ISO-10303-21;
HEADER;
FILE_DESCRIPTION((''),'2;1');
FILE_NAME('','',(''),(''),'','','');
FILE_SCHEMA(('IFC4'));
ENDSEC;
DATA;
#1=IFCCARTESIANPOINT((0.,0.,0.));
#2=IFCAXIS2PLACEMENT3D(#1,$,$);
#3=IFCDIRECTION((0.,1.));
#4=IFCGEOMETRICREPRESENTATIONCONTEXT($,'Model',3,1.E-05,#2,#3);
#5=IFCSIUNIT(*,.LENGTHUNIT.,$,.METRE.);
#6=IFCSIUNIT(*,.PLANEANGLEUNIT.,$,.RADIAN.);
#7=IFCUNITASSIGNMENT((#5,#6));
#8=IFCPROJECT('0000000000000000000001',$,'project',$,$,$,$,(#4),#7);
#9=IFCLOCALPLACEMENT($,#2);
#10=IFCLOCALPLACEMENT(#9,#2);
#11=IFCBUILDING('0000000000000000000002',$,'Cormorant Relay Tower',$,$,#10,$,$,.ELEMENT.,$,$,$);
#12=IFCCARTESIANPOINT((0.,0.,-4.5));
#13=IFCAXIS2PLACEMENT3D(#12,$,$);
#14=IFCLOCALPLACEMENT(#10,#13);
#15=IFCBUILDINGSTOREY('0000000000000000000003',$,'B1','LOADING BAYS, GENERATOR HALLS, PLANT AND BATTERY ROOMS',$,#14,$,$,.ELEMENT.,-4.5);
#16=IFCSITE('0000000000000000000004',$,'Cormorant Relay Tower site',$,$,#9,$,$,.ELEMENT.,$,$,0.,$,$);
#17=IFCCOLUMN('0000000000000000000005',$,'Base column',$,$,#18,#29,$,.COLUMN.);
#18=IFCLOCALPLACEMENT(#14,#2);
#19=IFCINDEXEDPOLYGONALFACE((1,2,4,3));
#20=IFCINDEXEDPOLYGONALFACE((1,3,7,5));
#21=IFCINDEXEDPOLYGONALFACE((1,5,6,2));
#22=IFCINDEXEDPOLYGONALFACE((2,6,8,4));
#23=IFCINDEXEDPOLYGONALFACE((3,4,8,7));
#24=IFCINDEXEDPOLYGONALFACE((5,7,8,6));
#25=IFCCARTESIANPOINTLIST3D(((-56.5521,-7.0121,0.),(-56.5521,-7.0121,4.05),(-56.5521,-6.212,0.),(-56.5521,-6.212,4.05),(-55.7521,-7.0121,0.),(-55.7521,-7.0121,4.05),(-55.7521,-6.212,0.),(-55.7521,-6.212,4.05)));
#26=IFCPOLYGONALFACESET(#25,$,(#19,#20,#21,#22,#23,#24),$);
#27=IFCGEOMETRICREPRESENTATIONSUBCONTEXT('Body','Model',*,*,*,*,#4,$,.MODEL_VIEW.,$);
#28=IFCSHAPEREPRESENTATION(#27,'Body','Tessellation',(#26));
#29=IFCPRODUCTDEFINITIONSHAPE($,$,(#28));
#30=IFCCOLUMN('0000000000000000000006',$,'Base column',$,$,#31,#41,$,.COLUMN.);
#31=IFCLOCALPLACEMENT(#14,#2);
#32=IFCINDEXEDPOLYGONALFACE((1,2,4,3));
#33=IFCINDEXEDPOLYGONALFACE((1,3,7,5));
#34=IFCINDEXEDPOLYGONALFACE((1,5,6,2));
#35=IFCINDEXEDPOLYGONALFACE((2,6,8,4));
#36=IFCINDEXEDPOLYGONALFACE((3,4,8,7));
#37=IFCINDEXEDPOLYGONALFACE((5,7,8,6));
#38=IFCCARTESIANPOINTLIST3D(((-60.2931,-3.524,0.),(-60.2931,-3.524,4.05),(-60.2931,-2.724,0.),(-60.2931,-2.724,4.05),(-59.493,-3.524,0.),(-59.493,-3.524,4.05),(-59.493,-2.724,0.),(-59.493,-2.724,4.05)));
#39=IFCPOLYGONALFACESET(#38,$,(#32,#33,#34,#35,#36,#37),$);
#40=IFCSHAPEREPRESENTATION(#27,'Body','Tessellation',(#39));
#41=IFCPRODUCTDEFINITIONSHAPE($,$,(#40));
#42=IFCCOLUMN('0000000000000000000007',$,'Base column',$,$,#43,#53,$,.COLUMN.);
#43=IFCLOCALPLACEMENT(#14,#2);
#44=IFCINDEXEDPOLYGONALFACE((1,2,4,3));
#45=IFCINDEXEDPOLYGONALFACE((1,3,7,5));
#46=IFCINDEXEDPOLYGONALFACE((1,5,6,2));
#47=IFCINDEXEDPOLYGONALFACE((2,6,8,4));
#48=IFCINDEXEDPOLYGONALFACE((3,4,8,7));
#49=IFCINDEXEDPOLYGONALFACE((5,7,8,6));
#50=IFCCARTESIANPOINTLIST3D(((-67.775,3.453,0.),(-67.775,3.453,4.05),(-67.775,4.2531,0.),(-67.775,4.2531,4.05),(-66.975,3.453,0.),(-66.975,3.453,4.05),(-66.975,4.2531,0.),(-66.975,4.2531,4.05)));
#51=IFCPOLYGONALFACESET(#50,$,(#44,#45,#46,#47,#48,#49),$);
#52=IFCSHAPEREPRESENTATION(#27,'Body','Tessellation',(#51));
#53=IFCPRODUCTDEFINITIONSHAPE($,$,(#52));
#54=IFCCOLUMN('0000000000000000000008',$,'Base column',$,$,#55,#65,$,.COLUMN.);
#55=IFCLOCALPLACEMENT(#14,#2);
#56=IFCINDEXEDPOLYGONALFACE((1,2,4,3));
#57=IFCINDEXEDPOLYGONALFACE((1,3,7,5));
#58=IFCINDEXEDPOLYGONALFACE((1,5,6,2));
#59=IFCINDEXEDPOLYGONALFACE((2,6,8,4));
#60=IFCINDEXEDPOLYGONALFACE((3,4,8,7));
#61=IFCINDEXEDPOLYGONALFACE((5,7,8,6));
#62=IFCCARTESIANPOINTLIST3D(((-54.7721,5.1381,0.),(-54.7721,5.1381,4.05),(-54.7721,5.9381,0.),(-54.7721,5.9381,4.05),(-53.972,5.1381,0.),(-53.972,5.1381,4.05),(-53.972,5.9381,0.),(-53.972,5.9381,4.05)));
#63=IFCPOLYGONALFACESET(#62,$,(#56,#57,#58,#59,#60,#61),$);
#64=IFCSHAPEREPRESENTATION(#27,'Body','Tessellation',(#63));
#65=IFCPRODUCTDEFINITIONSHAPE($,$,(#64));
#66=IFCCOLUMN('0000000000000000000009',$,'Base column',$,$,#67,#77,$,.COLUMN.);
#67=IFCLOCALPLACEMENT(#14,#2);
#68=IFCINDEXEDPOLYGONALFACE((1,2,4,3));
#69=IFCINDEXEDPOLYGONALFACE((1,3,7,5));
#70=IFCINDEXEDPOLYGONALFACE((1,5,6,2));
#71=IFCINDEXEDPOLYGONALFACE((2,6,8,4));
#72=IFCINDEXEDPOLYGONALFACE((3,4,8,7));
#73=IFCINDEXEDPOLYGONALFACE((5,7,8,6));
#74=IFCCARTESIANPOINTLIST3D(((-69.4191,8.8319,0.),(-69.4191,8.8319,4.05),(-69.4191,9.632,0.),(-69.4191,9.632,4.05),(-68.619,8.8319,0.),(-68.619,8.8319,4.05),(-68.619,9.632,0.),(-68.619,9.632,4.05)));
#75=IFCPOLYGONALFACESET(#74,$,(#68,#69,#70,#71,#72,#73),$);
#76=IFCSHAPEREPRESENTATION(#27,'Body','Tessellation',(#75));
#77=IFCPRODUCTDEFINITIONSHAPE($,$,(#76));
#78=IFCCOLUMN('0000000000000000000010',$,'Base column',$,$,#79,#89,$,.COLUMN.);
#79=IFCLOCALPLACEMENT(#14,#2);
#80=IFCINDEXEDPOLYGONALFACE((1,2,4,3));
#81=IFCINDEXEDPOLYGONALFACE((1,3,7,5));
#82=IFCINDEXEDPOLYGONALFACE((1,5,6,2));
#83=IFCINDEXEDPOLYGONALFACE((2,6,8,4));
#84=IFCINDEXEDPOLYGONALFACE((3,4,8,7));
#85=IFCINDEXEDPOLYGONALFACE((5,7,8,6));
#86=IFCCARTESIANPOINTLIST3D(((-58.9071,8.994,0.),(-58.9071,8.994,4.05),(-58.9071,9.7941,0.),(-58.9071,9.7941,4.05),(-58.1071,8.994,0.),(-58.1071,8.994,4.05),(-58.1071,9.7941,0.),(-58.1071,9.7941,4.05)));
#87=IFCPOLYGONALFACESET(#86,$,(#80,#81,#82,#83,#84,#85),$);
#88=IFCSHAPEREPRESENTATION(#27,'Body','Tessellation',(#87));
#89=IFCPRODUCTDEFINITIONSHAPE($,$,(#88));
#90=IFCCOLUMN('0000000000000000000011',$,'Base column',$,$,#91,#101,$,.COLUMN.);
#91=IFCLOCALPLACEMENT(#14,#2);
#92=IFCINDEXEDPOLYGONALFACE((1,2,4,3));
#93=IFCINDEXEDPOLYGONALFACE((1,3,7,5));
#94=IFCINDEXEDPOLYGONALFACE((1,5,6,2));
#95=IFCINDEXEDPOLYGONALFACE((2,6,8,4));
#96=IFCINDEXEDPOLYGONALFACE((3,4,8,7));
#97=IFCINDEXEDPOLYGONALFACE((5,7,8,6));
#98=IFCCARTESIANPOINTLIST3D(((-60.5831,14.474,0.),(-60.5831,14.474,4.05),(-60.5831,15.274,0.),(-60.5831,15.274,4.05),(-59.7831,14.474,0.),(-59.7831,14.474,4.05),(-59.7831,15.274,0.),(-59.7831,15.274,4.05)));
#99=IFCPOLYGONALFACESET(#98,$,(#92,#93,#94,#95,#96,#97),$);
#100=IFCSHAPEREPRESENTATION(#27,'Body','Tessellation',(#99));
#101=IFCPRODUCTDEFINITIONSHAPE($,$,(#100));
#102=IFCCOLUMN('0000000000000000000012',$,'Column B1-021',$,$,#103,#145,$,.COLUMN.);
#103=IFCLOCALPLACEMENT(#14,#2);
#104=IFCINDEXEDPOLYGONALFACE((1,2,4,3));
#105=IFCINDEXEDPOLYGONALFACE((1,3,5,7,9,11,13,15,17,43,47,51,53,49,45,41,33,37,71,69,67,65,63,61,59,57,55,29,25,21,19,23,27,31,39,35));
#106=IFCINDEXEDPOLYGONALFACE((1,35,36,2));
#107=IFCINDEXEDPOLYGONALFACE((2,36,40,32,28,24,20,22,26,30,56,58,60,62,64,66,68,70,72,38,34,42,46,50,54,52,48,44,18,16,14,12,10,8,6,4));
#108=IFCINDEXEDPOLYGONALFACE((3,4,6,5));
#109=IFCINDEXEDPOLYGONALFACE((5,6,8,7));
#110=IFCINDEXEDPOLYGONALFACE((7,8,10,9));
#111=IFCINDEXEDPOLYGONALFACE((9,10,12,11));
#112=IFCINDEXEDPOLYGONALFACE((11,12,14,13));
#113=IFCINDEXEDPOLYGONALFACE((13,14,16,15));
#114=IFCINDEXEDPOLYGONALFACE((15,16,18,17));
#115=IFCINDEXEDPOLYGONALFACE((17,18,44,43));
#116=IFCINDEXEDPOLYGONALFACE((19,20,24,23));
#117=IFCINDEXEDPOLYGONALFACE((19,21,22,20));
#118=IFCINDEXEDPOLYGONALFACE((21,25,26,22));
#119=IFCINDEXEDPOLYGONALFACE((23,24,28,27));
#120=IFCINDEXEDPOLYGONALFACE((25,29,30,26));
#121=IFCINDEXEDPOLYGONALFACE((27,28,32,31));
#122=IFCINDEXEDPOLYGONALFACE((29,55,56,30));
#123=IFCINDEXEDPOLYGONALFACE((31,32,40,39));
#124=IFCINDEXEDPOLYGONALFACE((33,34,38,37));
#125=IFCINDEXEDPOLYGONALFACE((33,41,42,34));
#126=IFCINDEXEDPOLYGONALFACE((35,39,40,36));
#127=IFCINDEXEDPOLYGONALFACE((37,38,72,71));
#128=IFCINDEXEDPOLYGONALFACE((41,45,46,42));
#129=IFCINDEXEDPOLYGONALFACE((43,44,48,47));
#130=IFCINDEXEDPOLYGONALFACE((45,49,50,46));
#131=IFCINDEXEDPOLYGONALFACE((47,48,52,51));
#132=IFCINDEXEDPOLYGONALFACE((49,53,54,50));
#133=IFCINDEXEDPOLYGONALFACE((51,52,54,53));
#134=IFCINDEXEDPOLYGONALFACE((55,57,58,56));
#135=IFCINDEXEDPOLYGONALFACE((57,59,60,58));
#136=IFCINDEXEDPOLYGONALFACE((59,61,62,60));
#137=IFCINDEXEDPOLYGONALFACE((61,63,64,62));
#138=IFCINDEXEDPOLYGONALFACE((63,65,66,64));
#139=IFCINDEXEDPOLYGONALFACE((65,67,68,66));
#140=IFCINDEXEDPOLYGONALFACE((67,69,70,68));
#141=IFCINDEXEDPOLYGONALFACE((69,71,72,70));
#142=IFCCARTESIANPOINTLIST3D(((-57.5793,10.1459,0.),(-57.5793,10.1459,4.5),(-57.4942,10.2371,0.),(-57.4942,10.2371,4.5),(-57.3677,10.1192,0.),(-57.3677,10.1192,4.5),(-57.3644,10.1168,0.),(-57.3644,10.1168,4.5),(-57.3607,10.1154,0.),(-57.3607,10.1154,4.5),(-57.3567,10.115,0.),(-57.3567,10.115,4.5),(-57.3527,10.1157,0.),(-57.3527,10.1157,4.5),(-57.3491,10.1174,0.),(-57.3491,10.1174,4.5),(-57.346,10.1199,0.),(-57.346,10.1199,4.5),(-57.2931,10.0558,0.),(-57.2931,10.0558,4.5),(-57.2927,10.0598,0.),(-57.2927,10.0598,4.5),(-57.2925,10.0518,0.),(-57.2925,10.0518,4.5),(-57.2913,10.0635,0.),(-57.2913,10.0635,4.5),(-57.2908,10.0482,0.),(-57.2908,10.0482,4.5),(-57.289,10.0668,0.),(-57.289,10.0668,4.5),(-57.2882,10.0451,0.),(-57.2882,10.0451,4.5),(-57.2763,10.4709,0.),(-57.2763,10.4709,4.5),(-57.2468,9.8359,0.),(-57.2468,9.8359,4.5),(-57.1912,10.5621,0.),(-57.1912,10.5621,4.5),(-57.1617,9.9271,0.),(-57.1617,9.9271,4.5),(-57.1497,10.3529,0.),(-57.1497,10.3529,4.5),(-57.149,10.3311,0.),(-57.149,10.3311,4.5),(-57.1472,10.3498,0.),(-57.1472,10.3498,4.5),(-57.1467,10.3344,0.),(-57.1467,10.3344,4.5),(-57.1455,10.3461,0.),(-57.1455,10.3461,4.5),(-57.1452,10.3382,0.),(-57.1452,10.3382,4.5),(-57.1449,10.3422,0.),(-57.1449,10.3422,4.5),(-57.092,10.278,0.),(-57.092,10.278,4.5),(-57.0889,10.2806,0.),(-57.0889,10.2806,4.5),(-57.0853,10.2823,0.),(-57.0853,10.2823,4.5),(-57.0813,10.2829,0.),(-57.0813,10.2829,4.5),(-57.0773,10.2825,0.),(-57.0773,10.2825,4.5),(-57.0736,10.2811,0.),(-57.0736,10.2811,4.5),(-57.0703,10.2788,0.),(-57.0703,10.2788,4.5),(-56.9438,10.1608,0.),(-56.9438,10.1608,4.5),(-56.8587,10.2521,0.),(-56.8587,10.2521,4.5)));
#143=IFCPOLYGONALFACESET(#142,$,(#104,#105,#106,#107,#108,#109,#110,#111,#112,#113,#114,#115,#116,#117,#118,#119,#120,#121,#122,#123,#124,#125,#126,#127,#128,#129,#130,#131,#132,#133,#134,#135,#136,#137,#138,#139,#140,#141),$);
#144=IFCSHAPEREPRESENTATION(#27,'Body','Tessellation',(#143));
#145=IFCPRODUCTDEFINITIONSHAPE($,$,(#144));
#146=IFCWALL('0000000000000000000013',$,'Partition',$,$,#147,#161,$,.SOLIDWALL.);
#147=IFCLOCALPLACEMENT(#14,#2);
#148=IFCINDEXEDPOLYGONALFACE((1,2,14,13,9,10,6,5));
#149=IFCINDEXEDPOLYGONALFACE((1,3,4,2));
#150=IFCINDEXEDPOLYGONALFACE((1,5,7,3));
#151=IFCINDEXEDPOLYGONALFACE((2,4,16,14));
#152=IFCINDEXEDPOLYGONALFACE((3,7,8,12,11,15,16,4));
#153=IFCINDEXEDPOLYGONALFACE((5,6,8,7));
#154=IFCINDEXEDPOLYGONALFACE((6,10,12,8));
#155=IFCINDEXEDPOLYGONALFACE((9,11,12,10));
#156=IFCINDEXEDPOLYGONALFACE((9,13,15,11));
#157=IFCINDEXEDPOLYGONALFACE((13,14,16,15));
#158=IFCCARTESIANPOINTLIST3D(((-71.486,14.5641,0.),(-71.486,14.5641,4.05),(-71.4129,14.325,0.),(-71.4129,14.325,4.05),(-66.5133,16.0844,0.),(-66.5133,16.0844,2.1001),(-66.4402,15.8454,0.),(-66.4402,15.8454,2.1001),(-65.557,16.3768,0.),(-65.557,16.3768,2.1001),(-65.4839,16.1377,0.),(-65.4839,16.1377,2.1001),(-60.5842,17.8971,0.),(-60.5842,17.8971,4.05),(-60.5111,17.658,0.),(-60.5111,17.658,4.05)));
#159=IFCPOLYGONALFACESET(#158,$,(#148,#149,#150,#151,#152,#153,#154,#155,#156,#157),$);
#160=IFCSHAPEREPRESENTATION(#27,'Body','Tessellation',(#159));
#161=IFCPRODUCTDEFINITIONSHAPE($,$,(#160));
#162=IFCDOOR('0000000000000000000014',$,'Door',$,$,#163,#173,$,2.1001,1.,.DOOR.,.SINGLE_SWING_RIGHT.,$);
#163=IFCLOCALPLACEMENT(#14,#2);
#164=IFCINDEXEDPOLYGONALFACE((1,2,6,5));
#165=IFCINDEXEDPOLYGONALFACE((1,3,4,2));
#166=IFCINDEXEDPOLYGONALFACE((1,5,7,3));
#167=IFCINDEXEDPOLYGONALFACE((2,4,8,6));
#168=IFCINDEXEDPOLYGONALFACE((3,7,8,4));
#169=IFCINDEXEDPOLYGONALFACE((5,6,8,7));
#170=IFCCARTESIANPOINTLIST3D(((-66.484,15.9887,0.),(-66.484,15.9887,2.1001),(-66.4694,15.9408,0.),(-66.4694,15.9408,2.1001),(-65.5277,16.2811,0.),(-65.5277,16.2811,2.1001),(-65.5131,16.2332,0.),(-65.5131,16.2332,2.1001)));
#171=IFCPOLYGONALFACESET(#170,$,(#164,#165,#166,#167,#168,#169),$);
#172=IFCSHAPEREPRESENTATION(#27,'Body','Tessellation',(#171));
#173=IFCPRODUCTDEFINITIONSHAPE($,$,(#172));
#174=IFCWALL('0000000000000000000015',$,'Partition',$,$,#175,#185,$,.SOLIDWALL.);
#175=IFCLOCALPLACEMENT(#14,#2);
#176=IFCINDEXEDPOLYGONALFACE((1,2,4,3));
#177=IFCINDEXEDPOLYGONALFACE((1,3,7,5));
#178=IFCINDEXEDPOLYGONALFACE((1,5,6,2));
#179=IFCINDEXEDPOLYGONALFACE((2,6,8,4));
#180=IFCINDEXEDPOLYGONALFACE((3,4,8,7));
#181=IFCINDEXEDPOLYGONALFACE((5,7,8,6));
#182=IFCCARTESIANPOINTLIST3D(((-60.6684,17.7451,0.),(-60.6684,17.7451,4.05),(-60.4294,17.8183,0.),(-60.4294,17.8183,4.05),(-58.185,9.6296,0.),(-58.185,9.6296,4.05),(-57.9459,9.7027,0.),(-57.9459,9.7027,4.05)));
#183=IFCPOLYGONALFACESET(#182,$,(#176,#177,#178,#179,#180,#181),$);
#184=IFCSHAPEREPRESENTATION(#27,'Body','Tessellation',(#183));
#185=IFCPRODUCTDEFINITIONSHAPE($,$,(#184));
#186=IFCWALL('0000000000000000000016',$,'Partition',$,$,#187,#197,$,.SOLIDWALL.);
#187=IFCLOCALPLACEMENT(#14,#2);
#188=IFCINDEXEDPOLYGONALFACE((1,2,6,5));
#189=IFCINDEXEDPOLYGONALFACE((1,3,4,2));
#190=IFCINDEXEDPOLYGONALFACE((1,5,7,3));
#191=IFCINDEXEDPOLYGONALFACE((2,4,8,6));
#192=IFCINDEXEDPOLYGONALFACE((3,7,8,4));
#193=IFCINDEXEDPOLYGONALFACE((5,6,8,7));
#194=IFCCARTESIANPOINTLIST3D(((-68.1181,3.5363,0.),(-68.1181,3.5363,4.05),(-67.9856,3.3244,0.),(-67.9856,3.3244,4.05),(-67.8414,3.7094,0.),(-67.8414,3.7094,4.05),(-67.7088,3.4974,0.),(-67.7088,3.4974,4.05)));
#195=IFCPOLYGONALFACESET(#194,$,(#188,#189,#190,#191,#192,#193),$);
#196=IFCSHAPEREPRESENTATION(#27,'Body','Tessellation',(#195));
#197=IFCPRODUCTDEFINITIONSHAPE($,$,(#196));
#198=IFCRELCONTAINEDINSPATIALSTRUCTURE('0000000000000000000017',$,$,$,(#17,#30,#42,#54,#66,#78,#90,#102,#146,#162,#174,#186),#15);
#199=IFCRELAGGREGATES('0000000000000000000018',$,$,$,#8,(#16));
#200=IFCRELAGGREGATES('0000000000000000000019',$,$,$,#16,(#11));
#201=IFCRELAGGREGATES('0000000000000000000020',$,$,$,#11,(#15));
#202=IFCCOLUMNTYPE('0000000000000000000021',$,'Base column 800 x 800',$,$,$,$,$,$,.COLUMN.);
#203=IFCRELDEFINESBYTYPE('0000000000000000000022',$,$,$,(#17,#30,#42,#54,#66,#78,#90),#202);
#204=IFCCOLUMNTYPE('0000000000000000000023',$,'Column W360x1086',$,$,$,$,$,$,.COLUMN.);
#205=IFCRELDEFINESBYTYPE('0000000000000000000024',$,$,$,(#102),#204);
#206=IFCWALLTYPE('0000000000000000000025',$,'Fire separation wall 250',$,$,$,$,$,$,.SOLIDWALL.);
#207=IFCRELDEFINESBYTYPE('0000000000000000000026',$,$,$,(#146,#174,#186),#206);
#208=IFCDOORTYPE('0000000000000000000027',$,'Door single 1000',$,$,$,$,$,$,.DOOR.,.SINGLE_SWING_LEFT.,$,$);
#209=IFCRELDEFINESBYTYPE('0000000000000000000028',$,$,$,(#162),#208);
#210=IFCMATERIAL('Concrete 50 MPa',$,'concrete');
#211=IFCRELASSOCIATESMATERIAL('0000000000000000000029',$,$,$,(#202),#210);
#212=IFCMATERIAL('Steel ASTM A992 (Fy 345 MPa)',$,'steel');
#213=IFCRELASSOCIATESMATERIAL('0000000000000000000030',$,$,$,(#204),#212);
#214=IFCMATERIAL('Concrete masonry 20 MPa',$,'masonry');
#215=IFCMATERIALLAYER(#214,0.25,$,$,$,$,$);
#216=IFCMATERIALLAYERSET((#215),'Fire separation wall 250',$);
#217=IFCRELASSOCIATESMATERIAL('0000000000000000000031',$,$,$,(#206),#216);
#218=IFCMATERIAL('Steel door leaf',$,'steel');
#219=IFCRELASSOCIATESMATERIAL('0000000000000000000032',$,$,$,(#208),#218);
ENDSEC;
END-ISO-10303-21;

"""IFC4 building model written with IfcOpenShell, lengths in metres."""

from ifc_helpers import new_model, si_unit, direction, frame, frame_2d, origin, origin_2d, place, context, subcontext, project, spatial, rectangle, i_section, extrude, material, layer, layer_set, material_profile, profile_set, type_object, element, fill, save


model = new_model("IFC4")

# Units and contexts
model_context = context("Model", 3, precision=1e-05, world=origin(), true_north=direction((0.0, 1.0)))
body_context = subcontext(model_context, "Body", "Model", "MODEL_VIEW")
ifc_project = project(units=[si_unit("LENGTHUNIT", "METRE"), si_unit("PLANEANGLEUNIT", "RADIAN")], contexts=[model_context])

# Site, building, storey
site_placement = place(None, origin())
site = spatial("IfcSite", under=ifc_project, at=site_placement, Name="Cormorant Relay Tower site", CompositionType="ELEMENT", RefElevation=0.0)
building_placement = place(site_placement, origin())
building = spatial("IfcBuilding", under=site, at=building_placement, Name="Cormorant Relay Tower", CompositionType="ELEMENT")
storey_placement = place(building_placement, frame((0.0, 0.0, -4.5)))
storey = spatial("IfcBuildingStorey", under=building, at=storey_placement, Name="B1", Description="LOADING BAYS, GENERATOR HALLS, PLANT AND BATTERY ROOMS", CompositionType="ELEMENT", Elevation=-4.5)

# Columns
ifc_material_1 = material(Name="Concrete 50 MPa", Category="concrete")
ifc_material_profile_1 = material_profile(ifc_material_1, rectangle(XDim=0.8, YDim=0.8, at=origin_2d()), Name="RC 800x800")
ifc_profile_set_1 = profile_set([ifc_material_profile_1], Name="Concrete 50 MPa")
column_type_1 = type_object("IfcColumnType", Name="Base column 800 x 800", PredefinedType="COLUMN", material=ifc_profile_set_1)
for number, where, z_axis, x_axis, name in (
    (1, (-56.1521, -6.6121, 0.0), (0.0, 0.0, 1.0), (1.0, 0.0, 0.0), "Base column"),
    (2, (-59.8931, -3.124, 0.0), (0.0, 0.0, 1.0), (1.0, 0.0, 0.0), "Base column"),
    (3, (-67.375, 3.853, 0.0), (0.0, 0.0, 1.0), (1.0, 0.0, 0.0), "Base column"),
    (4, (-54.3721, 5.5381, 0.0), (0.0, 0.0, 1.0), (1.0, 0.0, 0.0), "Base column"),
    (5, (-69.019, 9.2319, 0.0), (0.0, 0.0, 1.0), (1.0, 0.0, 0.0), "Base column"),
    (6, (-58.5071, 9.394, 0.0), (0.0, 0.0, 1.0), (1.0, 0.0, 0.0), "Base column"),
    (7, (-60.1831, 14.874, 0.0), (0.0, 0.0, 1.0), (1.0, 0.0, 0.0), "Base column"),
):
    element("IfcColumn", number, at=place(storey_placement, frame(where, z_axis=z_axis, x_axis=x_axis)), inside=storey, type_object=column_type_1, Name=name, PredefinedType="COLUMN", context=body_context, shape_type="SweptSolid", body=[
        extrude(rectangle(XDim=0.8, YDim=0.8, at=origin_2d()), origin(), (0.0, 0.0, 1.0), 4.05),
    ])
ifc_material_2 = material(Name="Steel ASTM A992 (Fy 345 MPa)", Category="steel")
ifc_material_profile_2 = material_profile(ifc_material_2, i_section(OverallWidth=0.4546, OverallDepth=0.5691, WebThickness=0.0779, FlangeThickness=0.1248, FilletRadius=0.0154, at=origin_2d()), Name="W360x1086")
ifc_profile_set_2 = profile_set([ifc_material_profile_2], Name="Steel ASTM A992 (Fy 345 MPa)")
column_type_2 = type_object("IfcColumnType", Name="Column W360x1086", PredefinedType="COLUMN", material=ifc_profile_set_2)
column_placement = place(storey_placement, frame((-57.219, 10.199, 0.0), z_axis=(0.0, 0.0, 1.0), x_axis=(0.731354, -0.681998, 0.0)))
element("IfcColumn", 8, at=column_placement, inside=storey, type_object=column_type_2, Name="Column B1-021", PredefinedType="COLUMN", context=body_context, shape_type="SweptSolid", body=[
    extrude(i_section(OverallWidth=0.4546, OverallDepth=0.5691, WebThickness=0.0779, FlangeThickness=0.1248, FilletRadius=0.0154, at=origin_2d()), origin(), (0.0, 0.0, 1.0), 4.5),
])

# Wall, opening, door
ifc_material_3 = material(Name="Concrete masonry 20 MPa", Category="masonry")
ifc_layer_1 = layer(ifc_material_3, 0.25)
ifc_layer_set_1 = layer_set([ifc_layer_1], Name="Fire separation wall 250")
wall_type_1 = type_object("IfcWallType", Name="Fire separation wall 250", PredefinedType="SOLIDWALL", material=ifc_layer_set_1)
wall_1_placement = place(storey_placement, frame((-71.4495, 14.4446, 0.0), z_axis=(0.0, 0.0, 1.0), x_axis=(0.956305, 0.29237, 0.0)))
wall_1 = element("IfcWall", 9, at=wall_1_placement, inside=storey, type_object=wall_type_1, Name="Partition", PredefinedType="SOLIDWALL", context=body_context, shape_type="SweptSolid", body=[
    extrude(rectangle(XDim=11.3999, YDim=0.25, at=frame_2d((5.7, 0.0))), origin(), (0.0, 0.0, 1.0), 4.05),
])
opening_1_placement = place(wall_1_placement, frame((5.2, 0.0, 0.0)))
opening_1 = element("IfcOpeningElement", 10, at=opening_1_placement, cuts=wall_1, PredefinedType="OPENING", context=body_context, shape_type="SweptSolid", body=[
    extrude(rectangle(XDim=1.0, YDim=2.1001, at=frame_2d((0.5, 1.05))), frame((0.0, 0.135, 0.0), z_axis=(0.0, -1.0, 0.0), x_axis=(1.0, 0.0, 0.0)), (0.0, 0.0, 1.0), 0.27),
])
ifc_material_4 = material(Name="Steel door leaf", Category="steel")
door_type_1 = type_object("IfcDoorType", Name="Door single 1000", OperationType="SINGLE_SWING_LEFT", PredefinedType="DOOR", material=ifc_material_4)
door_1_placement = place(opening_1_placement, origin())
door_1 = element("IfcDoor", 11, at=door_1_placement, inside=storey, type_object=door_type_1, Name="Door", OperationType="SINGLE_SWING_RIGHT", OverallHeight=2.1001, OverallWidth=1.0, PredefinedType="DOOR", context=body_context, shape_type="SweptSolid", body=[
    extrude(rectangle(XDim=1.0, YDim=2.1001, at=frame_2d((0.5, 1.05))), frame((0.0, 0.0249, 0.0), z_axis=(0.0, -1.0, 0.0), x_axis=(1.0, 0.0, 0.0)), (0.0, 0.0, 1.0), 0.05),
])
fill(opening_1, door_1)

# Walls
wall_2_placement = place(storey_placement, frame((-58.0654, 9.666, 0.0), z_axis=(0.0, 0.0, 1.0), x_axis=(-0.292614, 0.956231, 0.0)))
element("IfcWall", 12, at=wall_2_placement, inside=storey, type_object=wall_type_1, Name="Partition", PredefinedType="SOLIDWALL", context=body_context, shape_type="SweptSolid", body=[
    extrude(rectangle(XDim=8.4871, YDim=0.25, at=frame_2d((4.2437, 0.0))), origin(), (0.0, 0.0, 1.0), 4.05),
])
wall_3_placement = place(storey_placement, frame((-68.0518, 3.4304, 0.0), z_axis=(0.0, 0.0, 1.0), x_axis=(0.847914, 0.530133, 0.0)))
element("IfcWall", 13, at=wall_3_placement, inside=storey, type_object=wall_type_1, Name="Partition", PredefinedType="SOLIDWALL", context=body_context, shape_type="SweptSolid", body=[
    extrude(rectangle(XDim=0.3264, YDim=0.25, at=frame_2d((0.1631, 0.0))), origin(), (0.0, 0.0, 1.0), 4.05),
])

save(model, "model.ifc")
